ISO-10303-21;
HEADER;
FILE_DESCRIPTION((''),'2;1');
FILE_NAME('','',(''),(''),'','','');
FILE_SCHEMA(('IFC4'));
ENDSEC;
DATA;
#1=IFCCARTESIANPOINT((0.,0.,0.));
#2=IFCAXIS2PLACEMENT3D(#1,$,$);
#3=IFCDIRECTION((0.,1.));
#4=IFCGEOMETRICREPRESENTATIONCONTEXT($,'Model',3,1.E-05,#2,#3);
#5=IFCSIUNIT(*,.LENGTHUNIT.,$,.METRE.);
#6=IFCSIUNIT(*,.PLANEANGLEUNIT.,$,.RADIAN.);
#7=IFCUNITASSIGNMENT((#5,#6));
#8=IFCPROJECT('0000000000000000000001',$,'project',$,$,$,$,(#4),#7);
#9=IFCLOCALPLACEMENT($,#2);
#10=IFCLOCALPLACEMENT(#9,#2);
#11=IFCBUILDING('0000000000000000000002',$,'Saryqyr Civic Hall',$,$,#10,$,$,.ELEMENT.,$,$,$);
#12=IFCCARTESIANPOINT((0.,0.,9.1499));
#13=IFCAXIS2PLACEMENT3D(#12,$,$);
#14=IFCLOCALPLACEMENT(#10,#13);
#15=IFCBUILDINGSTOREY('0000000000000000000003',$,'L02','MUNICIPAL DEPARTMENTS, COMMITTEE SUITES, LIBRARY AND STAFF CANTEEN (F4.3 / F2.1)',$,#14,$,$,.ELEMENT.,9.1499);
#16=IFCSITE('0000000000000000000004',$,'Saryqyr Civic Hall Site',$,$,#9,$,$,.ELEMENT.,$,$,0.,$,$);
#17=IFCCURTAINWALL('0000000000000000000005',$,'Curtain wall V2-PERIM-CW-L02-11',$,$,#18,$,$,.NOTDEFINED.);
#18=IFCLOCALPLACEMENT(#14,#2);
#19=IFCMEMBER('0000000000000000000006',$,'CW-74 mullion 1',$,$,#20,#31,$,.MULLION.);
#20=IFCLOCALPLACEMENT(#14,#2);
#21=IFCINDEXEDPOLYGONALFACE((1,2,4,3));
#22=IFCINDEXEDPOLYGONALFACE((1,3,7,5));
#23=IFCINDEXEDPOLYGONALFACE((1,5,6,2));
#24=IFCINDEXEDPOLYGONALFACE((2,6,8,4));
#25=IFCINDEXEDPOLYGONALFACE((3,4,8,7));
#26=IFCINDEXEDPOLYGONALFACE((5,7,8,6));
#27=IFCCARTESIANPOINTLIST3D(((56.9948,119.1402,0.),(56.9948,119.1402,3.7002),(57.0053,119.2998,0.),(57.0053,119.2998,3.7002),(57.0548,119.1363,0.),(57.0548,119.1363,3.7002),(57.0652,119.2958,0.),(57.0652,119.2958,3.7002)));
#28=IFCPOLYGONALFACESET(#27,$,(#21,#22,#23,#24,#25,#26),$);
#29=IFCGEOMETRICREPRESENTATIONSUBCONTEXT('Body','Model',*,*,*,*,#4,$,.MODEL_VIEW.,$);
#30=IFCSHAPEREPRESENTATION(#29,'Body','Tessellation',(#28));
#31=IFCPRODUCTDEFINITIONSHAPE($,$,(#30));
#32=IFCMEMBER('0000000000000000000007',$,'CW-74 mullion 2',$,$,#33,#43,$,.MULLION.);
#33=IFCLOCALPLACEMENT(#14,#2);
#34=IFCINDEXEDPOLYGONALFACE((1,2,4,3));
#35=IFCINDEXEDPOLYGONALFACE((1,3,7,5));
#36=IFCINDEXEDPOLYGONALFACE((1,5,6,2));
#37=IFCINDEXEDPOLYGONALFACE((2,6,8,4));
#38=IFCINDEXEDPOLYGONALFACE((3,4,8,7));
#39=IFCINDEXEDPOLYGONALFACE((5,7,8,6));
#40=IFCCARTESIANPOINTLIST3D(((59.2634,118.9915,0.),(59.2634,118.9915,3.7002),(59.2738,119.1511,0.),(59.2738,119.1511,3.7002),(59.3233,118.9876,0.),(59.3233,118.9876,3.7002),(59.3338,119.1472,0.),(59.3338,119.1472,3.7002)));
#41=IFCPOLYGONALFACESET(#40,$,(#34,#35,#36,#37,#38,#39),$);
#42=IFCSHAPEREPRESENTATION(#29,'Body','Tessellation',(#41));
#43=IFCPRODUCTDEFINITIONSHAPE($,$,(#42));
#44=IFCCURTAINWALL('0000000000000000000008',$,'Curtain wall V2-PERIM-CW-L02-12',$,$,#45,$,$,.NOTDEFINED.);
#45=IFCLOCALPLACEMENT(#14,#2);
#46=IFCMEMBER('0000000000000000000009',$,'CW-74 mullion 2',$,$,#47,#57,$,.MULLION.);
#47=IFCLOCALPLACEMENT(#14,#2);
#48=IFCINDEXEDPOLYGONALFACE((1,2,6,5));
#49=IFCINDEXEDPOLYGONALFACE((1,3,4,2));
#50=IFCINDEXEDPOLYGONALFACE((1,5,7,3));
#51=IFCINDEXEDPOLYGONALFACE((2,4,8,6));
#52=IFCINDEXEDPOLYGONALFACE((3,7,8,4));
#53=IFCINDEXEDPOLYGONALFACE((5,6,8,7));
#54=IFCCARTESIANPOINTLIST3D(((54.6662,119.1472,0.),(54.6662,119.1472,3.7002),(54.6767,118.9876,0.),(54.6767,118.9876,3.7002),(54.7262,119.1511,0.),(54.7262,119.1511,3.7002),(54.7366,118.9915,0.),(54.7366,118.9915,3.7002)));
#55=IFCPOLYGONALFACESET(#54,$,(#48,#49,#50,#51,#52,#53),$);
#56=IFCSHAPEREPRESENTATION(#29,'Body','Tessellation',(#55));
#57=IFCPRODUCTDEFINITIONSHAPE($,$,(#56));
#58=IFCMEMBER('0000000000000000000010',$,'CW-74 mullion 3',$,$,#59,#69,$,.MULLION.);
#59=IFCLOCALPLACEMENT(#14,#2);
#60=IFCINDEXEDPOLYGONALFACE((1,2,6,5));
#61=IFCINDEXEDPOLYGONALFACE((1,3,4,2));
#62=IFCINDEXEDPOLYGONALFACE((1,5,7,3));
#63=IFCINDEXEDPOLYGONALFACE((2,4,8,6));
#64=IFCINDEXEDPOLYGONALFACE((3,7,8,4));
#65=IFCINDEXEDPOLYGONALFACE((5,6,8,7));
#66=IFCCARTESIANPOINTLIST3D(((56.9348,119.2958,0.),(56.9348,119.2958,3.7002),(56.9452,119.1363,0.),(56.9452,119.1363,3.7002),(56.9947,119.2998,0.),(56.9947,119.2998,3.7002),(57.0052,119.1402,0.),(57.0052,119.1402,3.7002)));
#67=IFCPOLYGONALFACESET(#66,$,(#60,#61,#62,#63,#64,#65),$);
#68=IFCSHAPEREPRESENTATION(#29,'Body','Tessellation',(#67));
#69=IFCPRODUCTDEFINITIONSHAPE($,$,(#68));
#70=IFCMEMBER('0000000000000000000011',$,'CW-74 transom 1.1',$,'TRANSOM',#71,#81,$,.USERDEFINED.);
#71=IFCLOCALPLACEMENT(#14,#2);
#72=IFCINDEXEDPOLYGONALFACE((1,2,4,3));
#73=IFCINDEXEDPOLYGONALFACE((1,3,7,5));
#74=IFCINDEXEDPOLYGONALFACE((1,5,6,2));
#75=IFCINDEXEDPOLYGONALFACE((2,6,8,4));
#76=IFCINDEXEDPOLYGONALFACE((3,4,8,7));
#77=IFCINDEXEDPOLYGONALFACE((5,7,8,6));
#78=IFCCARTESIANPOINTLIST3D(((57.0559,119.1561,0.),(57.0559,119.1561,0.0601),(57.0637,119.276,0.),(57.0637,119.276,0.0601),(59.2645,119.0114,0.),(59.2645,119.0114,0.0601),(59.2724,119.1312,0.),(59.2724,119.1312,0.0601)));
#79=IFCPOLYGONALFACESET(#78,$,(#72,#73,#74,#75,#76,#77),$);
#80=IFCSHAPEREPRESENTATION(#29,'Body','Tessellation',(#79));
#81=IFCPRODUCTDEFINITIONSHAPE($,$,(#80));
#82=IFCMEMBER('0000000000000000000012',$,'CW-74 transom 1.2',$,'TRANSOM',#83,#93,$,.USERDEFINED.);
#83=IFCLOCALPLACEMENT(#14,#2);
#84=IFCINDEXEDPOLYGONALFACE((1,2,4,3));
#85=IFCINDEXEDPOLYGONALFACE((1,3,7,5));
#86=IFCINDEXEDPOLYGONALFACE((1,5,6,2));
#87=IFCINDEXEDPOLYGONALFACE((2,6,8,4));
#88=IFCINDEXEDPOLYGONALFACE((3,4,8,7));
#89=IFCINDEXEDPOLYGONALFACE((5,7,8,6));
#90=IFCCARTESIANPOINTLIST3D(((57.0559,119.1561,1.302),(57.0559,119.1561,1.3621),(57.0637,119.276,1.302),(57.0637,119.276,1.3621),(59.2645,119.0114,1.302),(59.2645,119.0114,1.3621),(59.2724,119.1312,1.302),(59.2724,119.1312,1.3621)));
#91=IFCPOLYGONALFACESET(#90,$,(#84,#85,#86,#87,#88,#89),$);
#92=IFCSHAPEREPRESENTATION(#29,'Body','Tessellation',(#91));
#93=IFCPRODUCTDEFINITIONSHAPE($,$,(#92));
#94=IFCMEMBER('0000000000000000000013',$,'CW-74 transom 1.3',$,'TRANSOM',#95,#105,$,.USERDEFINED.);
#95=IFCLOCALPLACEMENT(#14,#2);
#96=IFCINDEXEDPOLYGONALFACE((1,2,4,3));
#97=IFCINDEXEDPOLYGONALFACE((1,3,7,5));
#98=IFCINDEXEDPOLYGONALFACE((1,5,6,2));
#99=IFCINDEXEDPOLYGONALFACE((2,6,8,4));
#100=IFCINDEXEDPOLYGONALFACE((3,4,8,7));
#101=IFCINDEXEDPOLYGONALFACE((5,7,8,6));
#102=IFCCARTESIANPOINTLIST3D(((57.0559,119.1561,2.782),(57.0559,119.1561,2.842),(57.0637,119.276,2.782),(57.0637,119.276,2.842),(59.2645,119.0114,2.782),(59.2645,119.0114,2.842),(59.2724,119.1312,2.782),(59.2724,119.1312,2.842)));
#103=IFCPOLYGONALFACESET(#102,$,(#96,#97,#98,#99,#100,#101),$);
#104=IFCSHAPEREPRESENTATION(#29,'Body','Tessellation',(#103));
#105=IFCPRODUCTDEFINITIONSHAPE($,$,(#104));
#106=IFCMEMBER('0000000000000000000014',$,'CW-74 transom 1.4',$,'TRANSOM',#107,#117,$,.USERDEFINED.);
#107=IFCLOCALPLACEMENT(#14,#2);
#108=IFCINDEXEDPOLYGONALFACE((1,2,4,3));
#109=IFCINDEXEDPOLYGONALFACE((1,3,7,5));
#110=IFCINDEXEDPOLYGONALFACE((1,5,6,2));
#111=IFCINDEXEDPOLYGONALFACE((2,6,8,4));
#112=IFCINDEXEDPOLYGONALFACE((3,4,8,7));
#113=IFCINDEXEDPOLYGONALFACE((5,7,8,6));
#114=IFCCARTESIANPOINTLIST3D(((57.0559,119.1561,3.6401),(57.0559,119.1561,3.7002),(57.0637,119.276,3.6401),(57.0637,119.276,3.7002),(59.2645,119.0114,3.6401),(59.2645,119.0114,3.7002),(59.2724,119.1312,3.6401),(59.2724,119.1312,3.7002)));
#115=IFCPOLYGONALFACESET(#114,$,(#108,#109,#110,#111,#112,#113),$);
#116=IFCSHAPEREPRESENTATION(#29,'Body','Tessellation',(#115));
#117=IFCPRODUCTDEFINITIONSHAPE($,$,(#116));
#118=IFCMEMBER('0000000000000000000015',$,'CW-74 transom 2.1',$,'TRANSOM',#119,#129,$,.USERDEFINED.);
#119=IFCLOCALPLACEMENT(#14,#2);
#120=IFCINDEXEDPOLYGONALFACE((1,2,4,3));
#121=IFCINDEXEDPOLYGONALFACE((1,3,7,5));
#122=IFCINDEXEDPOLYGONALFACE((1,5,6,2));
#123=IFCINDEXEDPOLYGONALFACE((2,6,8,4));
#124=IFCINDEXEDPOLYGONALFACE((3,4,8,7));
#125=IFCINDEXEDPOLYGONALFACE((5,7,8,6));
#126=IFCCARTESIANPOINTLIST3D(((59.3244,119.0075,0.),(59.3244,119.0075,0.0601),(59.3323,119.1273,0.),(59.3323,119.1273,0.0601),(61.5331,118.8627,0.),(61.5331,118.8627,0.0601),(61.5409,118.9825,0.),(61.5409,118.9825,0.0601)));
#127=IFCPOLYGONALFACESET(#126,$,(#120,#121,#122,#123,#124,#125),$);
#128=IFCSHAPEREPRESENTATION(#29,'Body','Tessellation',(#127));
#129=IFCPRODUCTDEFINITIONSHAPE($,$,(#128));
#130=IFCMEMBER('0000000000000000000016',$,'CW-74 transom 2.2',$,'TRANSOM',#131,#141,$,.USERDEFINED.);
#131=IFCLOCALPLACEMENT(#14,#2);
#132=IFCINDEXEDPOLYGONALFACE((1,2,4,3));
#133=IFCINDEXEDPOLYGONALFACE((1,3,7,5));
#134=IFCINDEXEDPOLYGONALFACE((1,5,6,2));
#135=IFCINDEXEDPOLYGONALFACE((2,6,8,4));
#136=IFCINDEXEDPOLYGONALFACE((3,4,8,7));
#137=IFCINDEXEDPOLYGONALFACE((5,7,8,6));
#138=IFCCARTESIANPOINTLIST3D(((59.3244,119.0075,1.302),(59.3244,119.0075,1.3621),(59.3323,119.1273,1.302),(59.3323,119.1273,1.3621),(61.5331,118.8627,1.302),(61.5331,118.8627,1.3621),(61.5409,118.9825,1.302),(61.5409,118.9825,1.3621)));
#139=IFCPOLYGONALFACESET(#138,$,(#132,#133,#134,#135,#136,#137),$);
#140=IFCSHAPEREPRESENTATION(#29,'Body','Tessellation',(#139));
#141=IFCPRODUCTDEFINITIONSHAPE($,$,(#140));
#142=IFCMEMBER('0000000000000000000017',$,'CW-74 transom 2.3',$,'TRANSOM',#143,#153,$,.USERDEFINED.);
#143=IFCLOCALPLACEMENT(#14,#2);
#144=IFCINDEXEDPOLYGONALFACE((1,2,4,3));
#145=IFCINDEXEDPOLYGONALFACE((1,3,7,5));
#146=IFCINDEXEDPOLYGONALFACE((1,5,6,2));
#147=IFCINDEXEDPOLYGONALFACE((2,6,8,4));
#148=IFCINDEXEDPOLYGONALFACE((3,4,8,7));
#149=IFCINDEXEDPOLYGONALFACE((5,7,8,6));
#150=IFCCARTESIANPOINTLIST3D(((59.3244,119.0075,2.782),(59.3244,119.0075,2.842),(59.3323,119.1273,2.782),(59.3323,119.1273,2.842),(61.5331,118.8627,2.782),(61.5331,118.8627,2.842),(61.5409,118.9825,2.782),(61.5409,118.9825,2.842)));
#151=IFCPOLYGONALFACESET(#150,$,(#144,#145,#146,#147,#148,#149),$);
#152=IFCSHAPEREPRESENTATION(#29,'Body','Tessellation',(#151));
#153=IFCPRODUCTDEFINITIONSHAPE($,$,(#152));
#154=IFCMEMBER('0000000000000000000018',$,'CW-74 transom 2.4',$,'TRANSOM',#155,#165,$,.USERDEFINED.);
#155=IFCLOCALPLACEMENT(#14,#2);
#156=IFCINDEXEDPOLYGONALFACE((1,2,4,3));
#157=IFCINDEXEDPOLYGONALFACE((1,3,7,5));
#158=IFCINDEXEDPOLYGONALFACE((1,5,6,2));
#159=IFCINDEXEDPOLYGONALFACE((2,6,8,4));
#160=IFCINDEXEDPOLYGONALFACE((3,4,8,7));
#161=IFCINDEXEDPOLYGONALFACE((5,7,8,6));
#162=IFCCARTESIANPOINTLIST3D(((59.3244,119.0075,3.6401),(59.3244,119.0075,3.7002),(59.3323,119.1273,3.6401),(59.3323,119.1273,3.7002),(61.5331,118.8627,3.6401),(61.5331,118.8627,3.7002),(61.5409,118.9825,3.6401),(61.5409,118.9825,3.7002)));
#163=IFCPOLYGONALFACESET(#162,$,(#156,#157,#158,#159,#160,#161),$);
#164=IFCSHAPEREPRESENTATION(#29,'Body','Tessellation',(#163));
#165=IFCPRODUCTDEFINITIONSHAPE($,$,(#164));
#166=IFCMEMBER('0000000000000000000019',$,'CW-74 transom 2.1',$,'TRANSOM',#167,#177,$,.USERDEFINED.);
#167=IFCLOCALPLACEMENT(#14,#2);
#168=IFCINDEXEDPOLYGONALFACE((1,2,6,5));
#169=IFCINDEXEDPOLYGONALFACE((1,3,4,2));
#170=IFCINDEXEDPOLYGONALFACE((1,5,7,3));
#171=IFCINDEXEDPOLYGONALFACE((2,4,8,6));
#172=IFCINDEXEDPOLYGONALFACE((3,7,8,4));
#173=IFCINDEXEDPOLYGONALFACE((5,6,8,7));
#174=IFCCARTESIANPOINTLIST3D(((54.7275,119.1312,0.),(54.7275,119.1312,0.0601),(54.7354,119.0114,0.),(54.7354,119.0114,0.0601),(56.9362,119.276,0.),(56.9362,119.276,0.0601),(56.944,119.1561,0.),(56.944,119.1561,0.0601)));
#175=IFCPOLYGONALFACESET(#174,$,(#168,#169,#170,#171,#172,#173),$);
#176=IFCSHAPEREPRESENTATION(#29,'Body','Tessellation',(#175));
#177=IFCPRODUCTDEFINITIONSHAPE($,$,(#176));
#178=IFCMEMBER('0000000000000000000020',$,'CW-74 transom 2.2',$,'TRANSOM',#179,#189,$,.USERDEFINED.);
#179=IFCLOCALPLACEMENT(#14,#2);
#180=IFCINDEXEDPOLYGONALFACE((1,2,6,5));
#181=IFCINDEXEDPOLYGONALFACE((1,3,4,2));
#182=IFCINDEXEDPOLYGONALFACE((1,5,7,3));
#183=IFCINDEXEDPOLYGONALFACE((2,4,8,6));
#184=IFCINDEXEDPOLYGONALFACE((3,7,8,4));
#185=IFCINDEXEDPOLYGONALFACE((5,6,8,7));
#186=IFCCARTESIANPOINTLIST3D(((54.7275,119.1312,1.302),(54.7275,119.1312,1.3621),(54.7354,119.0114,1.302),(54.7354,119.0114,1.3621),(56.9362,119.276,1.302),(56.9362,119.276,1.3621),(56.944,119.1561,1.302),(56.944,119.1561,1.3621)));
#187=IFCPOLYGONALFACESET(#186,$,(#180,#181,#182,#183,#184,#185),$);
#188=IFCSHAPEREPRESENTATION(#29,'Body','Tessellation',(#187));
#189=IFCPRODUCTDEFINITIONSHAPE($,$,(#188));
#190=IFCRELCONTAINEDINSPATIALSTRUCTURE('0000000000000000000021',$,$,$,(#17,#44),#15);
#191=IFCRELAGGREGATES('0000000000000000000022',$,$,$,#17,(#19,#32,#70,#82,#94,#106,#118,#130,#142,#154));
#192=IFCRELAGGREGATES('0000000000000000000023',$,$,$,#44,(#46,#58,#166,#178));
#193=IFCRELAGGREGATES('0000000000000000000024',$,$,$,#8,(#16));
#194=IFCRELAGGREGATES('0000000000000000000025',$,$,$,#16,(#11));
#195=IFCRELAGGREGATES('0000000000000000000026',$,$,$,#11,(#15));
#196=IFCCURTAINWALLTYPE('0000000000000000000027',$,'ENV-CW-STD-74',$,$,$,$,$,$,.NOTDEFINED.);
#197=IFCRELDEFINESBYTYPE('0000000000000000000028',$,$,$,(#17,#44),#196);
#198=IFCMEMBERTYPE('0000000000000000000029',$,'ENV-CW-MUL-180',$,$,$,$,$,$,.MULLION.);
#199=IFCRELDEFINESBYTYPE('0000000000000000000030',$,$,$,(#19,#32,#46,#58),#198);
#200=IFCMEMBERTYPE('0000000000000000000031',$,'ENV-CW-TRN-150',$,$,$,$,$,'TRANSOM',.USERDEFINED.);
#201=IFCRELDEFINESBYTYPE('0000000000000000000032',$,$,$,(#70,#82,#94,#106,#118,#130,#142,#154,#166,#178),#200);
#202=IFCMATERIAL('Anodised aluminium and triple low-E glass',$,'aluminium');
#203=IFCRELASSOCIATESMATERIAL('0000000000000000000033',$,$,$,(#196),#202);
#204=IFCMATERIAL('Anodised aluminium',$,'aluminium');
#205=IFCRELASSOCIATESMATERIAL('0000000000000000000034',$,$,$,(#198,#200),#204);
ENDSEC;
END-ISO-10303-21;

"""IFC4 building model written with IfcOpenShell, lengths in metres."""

from ifc_helpers import new_model, si_unit, direction, frame, origin, origin_2d, place, context, subcontext, project, spatial, rectangle, extrude, material, material_profile, profile_set, type_object, element, aggregate, save


model = new_model("IFC4")

# Units and contexts
model_context = context("Model", 3, precision=1e-05, world=origin(), true_north=direction((0.0, 1.0)))
body_context = subcontext(model_context, "Body", "Model", "MODEL_VIEW")
ifc_project = project(units=[si_unit("LENGTHUNIT", "METRE"), si_unit("PLANEANGLEUNIT", "RADIAN")], contexts=[model_context])

# Site, building, storey
site_placement = place(None, origin())
site = spatial("IfcSite", under=ifc_project, at=site_placement, Name="Saryqyr Civic Hall Site", CompositionType="ELEMENT", RefElevation=0.0)
building_placement = place(site_placement, origin())
building = spatial("IfcBuilding", under=site, at=building_placement, Name="Saryqyr Civic Hall", CompositionType="ELEMENT")
storey_placement = place(building_placement, frame((0.0, 0.0, 9.1499)))
storey = spatial("IfcBuildingStorey", under=building, at=storey_placement, Name="L02", Description="MUNICIPAL DEPARTMENTS, COMMITTEE SUITES, LIBRARY AND STAFF CANTEEN (F4.3 / F2.1)", CompositionType="ELEMENT", Elevation=9.1499)

# Curtain walls, members
ifc_material_1 = material(Name="Anodised aluminium and triple low-E glass", Category="aluminium")
curtain_wall_type_1 = type_object("IfcCurtainWallType", Name="ENV-CW-STD-74", PredefinedType="NOTDEFINED", material=ifc_material_1)
curtain_wall_1_placement = place(storey_placement, origin())
curtain_wall_1 = element("IfcCurtainWall", 1, at=curtain_wall_1_placement, inside=storey, type_object=curtain_wall_type_1, Name="Curtain wall V2-PERIM-CW-L02-11", PredefinedType="NOTDEFINED")
ifc_material_2 = material(Name="Anodised aluminium", Category="aluminium")
ifc_material_profile_1 = material_profile(ifc_material_2, rectangle(XDim=0.0601, YDim=0.1599, at=origin_2d()), Name="ALU MULLION 60x160")
ifc_profile_set_1 = profile_set([ifc_material_profile_1], Name="Anodised aluminium")
member_type_1 = type_object("IfcMemberType", Name="ENV-CW-MUL-180", PredefinedType="MULLION", material=ifc_profile_set_1)
member_1_placement = place(storey_placement, frame((57.03, 119.218, 0.0), z_axis=(0.0, 0.0, 1.0), x_axis=(0.997859, -0.065401, 0.0)))
member_1 = element("IfcMember", 2, at=member_1_placement, type_object=member_type_1, Name="CW-74 mullion 1", PredefinedType="MULLION", context=body_context, shape_type="SweptSolid", body=[
    extrude(rectangle(XDim=0.0601, YDim=0.1599, at=origin_2d()), origin(), (0.0, 0.0, 1.0), 3.7002),
])
member_2_placement = place(storey_placement, frame((59.2986, 119.0693, 0.0), z_axis=(0.0, 0.0, 1.0), x_axis=(0.997859, -0.065401, 0.0)))
member_2 = element("IfcMember", 3, at=member_2_placement, type_object=member_type_1, Name="CW-74 mullion 2", PredefinedType="MULLION", context=body_context, shape_type="SweptSolid", body=[
    extrude(rectangle(XDim=0.0601, YDim=0.1599, at=origin_2d()), origin(), (0.0, 0.0, 1.0), 3.7002),
])
curtain_wall_2_placement = place(storey_placement, origin())
curtain_wall_2 = element("IfcCurtainWall", 4, at=curtain_wall_2_placement, inside=storey, type_object=curtain_wall_type_1, Name="Curtain wall V2-PERIM-CW-L02-12", PredefinedType="NOTDEFINED")
member_3_placement = place(storey_placement, frame((54.7014, 119.0693, 0.0), z_axis=(0.0, 0.0, 1.0), x_axis=(0.997859, 0.065401, 0.0)))
member_3 = element("IfcMember", 5, at=member_3_placement, type_object=member_type_1, Name="CW-74 mullion 2", PredefinedType="MULLION", context=body_context, shape_type="SweptSolid", body=[
    extrude(rectangle(XDim=0.0601, YDim=0.1599, at=origin_2d()), origin(), (0.0, 0.0, 1.0), 3.7002),
])
member_4_placement = place(storey_placement, frame((56.97, 119.218, 0.0), z_axis=(0.0, 0.0, 1.0), x_axis=(0.997859, 0.065401, 0.0)))
member_4 = element("IfcMember", 6, at=member_4_placement, type_object=member_type_1, Name="CW-74 mullion 3", PredefinedType="MULLION", context=body_context, shape_type="SweptSolid", body=[
    extrude(rectangle(XDim=0.0601, YDim=0.1599, at=origin_2d()), origin(), (0.0, 0.0, 1.0), 3.7002),
])

# Members
ifc_material_profile_2 = material_profile(ifc_material_2, rectangle(XDim=0.1201, YDim=0.0601, at=origin_2d()), Name="ALU TRANSOM 120x60")
ifc_profile_set_2 = profile_set([ifc_material_profile_2], Name="Anodised aluminium")
member_type_2 = type_object("IfcMemberType", Name="ENV-CW-TRN-150", ElementType="TRANSOM", PredefinedType="USERDEFINED", material=ifc_profile_set_2)
member_5_placement = place(storey_placement, frame((57.0598, 119.2161, 0.03), z_axis=(0.997859, -0.065406, 0.0), x_axis=(0.065406, 0.997859, 0.0)))
member_5 = element("IfcMember", 7, at=member_5_placement, type_object=member_type_2, Name="CW-74 transom 1.1", ObjectType="TRANSOM", PredefinedType="USERDEFINED", context=body_context, shape_type="SweptSolid", body=[
    extrude(rectangle(XDim=0.1201, YDim=0.0601, at=origin_2d()), origin(), (0.0, 0.0, 1.0), 2.2134),
])
member_6_placement = place(storey_placement, frame((57.0598, 119.2161, 1.332), z_axis=(0.997859, -0.065406, 0.0), x_axis=(0.065406, 0.997859, 0.0)))
member_6 = element("IfcMember", 8, at=member_6_placement, type_object=member_type_2, Name="CW-74 transom 1.2", ObjectType="TRANSOM", PredefinedType="USERDEFINED", context=body_context, shape_type="SweptSolid", body=[
    extrude(rectangle(XDim=0.1201, YDim=0.0601, at=origin_2d()), origin(), (0.0, 0.0, 1.0), 2.2134),
])
member_7_placement = place(storey_placement, frame((57.0598, 119.2161, 2.812), z_axis=(0.997859, -0.065406, 0.0), x_axis=(0.065406, 0.997859, 0.0)))
member_7 = element("IfcMember", 9, at=member_7_placement, type_object=member_type_2, Name="CW-74 transom 1.3", ObjectType="TRANSOM", PredefinedType="USERDEFINED", context=body_context, shape_type="SweptSolid", body=[
    extrude(rectangle(XDim=0.1201, YDim=0.0601, at=origin_2d()), origin(), (0.0, 0.0, 1.0), 2.2134),
])
member_8_placement = place(storey_placement, frame((57.0598, 119.2161, 3.6702), z_axis=(0.997859, -0.065406, 0.0), x_axis=(0.065406, 0.997859, 0.0)))
member_8 = element("IfcMember", 10, at=member_8_placement, type_object=member_type_2, Name="CW-74 transom 1.4", ObjectType="TRANSOM", PredefinedType="USERDEFINED", context=body_context, shape_type="SweptSolid", body=[
    extrude(rectangle(XDim=0.1201, YDim=0.0601, at=origin_2d()), origin(), (0.0, 0.0, 1.0), 2.2134),
])
member_9_placement = place(storey_placement, frame((59.3284, 119.0674, 0.03), z_axis=(0.997859, -0.065406, 0.0), x_axis=(0.065406, 0.997859, 0.0)))
member_9 = element("IfcMember", 11, at=member_9_placement, type_object=member_type_2, Name="CW-74 transom 2.1", ObjectType="TRANSOM", PredefinedType="USERDEFINED", context=body_context, shape_type="SweptSolid", body=[
    extrude(rectangle(XDim=0.1201, YDim=0.0601, at=origin_2d()), origin(), (0.0, 0.0, 1.0), 2.2134),
])
member_10_placement = place(storey_placement, frame((59.3284, 119.0674, 1.332), z_axis=(0.997859, -0.065406, 0.0), x_axis=(0.065406, 0.997859, 0.0)))
member_10 = element("IfcMember", 12, at=member_10_placement, type_object=member_type_2, Name="CW-74 transom 2.2", ObjectType="TRANSOM", PredefinedType="USERDEFINED", context=body_context, shape_type="SweptSolid", body=[
    extrude(rectangle(XDim=0.1201, YDim=0.0601, at=origin_2d()), origin(), (0.0, 0.0, 1.0), 2.2134),
])
member_11_placement = place(storey_placement, frame((59.3284, 119.0674, 2.812), z_axis=(0.997859, -0.065406, 0.0), x_axis=(0.065406, 0.997859, 0.0)))
member_11 = element("IfcMember", 13, at=member_11_placement, type_object=member_type_2, Name="CW-74 transom 2.3", ObjectType="TRANSOM", PredefinedType="USERDEFINED", context=body_context, shape_type="SweptSolid", body=[
    extrude(rectangle(XDim=0.1201, YDim=0.0601, at=origin_2d()), origin(), (0.0, 0.0, 1.0), 2.2134),
])
member_12_placement = place(storey_placement, frame((59.3284, 119.0674, 3.6702), z_axis=(0.997859, -0.065406, 0.0), x_axis=(0.065406, 0.997859, 0.0)))
member_12 = element("IfcMember", 14, at=member_12_placement, type_object=member_type_2, Name="CW-74 transom 2.4", ObjectType="TRANSOM", PredefinedType="USERDEFINED", context=body_context, shape_type="SweptSolid", body=[
    extrude(rectangle(XDim=0.1201, YDim=0.0601, at=origin_2d()), origin(), (0.0, 0.0, 1.0), 2.2134),
])
member_13_placement = place(storey_placement, frame((54.7314, 119.0713, 0.03), z_axis=(0.997859, 0.065406, 0.0), x_axis=(-0.065406, 0.997859, 0.0)))
member_13 = element("IfcMember", 15, at=member_13_placement, type_object=member_type_2, Name="CW-74 transom 2.1", ObjectType="TRANSOM", PredefinedType="USERDEFINED", context=body_context, shape_type="SweptSolid", body=[
    extrude(rectangle(XDim=0.1201, YDim=0.0601, at=origin_2d()), origin(), (0.0, 0.0, 1.0), 2.2134),
])
member_14_placement = place(storey_placement, frame((54.7314, 119.0713, 1.332), z_axis=(0.997859, 0.065406, 0.0), x_axis=(-0.065406, 0.997859, 0.0)))
member_14 = element("IfcMember", 16, at=member_14_placement, type_object=member_type_2, Name="CW-74 transom 2.2", ObjectType="TRANSOM", PredefinedType="USERDEFINED", context=body_context, shape_type="SweptSolid", body=[
    extrude(rectangle(XDim=0.1201, YDim=0.0601, at=origin_2d()), origin(), (0.0, 0.0, 1.0), 2.2134),
])

aggregate(curtain_wall_1, [member_1, member_2, member_5, member_6, member_7, member_8, member_9, member_10, member_11, member_12])
aggregate(curtain_wall_2, [member_3, member_4, member_13, member_14])

save(model, "model.ifc")
